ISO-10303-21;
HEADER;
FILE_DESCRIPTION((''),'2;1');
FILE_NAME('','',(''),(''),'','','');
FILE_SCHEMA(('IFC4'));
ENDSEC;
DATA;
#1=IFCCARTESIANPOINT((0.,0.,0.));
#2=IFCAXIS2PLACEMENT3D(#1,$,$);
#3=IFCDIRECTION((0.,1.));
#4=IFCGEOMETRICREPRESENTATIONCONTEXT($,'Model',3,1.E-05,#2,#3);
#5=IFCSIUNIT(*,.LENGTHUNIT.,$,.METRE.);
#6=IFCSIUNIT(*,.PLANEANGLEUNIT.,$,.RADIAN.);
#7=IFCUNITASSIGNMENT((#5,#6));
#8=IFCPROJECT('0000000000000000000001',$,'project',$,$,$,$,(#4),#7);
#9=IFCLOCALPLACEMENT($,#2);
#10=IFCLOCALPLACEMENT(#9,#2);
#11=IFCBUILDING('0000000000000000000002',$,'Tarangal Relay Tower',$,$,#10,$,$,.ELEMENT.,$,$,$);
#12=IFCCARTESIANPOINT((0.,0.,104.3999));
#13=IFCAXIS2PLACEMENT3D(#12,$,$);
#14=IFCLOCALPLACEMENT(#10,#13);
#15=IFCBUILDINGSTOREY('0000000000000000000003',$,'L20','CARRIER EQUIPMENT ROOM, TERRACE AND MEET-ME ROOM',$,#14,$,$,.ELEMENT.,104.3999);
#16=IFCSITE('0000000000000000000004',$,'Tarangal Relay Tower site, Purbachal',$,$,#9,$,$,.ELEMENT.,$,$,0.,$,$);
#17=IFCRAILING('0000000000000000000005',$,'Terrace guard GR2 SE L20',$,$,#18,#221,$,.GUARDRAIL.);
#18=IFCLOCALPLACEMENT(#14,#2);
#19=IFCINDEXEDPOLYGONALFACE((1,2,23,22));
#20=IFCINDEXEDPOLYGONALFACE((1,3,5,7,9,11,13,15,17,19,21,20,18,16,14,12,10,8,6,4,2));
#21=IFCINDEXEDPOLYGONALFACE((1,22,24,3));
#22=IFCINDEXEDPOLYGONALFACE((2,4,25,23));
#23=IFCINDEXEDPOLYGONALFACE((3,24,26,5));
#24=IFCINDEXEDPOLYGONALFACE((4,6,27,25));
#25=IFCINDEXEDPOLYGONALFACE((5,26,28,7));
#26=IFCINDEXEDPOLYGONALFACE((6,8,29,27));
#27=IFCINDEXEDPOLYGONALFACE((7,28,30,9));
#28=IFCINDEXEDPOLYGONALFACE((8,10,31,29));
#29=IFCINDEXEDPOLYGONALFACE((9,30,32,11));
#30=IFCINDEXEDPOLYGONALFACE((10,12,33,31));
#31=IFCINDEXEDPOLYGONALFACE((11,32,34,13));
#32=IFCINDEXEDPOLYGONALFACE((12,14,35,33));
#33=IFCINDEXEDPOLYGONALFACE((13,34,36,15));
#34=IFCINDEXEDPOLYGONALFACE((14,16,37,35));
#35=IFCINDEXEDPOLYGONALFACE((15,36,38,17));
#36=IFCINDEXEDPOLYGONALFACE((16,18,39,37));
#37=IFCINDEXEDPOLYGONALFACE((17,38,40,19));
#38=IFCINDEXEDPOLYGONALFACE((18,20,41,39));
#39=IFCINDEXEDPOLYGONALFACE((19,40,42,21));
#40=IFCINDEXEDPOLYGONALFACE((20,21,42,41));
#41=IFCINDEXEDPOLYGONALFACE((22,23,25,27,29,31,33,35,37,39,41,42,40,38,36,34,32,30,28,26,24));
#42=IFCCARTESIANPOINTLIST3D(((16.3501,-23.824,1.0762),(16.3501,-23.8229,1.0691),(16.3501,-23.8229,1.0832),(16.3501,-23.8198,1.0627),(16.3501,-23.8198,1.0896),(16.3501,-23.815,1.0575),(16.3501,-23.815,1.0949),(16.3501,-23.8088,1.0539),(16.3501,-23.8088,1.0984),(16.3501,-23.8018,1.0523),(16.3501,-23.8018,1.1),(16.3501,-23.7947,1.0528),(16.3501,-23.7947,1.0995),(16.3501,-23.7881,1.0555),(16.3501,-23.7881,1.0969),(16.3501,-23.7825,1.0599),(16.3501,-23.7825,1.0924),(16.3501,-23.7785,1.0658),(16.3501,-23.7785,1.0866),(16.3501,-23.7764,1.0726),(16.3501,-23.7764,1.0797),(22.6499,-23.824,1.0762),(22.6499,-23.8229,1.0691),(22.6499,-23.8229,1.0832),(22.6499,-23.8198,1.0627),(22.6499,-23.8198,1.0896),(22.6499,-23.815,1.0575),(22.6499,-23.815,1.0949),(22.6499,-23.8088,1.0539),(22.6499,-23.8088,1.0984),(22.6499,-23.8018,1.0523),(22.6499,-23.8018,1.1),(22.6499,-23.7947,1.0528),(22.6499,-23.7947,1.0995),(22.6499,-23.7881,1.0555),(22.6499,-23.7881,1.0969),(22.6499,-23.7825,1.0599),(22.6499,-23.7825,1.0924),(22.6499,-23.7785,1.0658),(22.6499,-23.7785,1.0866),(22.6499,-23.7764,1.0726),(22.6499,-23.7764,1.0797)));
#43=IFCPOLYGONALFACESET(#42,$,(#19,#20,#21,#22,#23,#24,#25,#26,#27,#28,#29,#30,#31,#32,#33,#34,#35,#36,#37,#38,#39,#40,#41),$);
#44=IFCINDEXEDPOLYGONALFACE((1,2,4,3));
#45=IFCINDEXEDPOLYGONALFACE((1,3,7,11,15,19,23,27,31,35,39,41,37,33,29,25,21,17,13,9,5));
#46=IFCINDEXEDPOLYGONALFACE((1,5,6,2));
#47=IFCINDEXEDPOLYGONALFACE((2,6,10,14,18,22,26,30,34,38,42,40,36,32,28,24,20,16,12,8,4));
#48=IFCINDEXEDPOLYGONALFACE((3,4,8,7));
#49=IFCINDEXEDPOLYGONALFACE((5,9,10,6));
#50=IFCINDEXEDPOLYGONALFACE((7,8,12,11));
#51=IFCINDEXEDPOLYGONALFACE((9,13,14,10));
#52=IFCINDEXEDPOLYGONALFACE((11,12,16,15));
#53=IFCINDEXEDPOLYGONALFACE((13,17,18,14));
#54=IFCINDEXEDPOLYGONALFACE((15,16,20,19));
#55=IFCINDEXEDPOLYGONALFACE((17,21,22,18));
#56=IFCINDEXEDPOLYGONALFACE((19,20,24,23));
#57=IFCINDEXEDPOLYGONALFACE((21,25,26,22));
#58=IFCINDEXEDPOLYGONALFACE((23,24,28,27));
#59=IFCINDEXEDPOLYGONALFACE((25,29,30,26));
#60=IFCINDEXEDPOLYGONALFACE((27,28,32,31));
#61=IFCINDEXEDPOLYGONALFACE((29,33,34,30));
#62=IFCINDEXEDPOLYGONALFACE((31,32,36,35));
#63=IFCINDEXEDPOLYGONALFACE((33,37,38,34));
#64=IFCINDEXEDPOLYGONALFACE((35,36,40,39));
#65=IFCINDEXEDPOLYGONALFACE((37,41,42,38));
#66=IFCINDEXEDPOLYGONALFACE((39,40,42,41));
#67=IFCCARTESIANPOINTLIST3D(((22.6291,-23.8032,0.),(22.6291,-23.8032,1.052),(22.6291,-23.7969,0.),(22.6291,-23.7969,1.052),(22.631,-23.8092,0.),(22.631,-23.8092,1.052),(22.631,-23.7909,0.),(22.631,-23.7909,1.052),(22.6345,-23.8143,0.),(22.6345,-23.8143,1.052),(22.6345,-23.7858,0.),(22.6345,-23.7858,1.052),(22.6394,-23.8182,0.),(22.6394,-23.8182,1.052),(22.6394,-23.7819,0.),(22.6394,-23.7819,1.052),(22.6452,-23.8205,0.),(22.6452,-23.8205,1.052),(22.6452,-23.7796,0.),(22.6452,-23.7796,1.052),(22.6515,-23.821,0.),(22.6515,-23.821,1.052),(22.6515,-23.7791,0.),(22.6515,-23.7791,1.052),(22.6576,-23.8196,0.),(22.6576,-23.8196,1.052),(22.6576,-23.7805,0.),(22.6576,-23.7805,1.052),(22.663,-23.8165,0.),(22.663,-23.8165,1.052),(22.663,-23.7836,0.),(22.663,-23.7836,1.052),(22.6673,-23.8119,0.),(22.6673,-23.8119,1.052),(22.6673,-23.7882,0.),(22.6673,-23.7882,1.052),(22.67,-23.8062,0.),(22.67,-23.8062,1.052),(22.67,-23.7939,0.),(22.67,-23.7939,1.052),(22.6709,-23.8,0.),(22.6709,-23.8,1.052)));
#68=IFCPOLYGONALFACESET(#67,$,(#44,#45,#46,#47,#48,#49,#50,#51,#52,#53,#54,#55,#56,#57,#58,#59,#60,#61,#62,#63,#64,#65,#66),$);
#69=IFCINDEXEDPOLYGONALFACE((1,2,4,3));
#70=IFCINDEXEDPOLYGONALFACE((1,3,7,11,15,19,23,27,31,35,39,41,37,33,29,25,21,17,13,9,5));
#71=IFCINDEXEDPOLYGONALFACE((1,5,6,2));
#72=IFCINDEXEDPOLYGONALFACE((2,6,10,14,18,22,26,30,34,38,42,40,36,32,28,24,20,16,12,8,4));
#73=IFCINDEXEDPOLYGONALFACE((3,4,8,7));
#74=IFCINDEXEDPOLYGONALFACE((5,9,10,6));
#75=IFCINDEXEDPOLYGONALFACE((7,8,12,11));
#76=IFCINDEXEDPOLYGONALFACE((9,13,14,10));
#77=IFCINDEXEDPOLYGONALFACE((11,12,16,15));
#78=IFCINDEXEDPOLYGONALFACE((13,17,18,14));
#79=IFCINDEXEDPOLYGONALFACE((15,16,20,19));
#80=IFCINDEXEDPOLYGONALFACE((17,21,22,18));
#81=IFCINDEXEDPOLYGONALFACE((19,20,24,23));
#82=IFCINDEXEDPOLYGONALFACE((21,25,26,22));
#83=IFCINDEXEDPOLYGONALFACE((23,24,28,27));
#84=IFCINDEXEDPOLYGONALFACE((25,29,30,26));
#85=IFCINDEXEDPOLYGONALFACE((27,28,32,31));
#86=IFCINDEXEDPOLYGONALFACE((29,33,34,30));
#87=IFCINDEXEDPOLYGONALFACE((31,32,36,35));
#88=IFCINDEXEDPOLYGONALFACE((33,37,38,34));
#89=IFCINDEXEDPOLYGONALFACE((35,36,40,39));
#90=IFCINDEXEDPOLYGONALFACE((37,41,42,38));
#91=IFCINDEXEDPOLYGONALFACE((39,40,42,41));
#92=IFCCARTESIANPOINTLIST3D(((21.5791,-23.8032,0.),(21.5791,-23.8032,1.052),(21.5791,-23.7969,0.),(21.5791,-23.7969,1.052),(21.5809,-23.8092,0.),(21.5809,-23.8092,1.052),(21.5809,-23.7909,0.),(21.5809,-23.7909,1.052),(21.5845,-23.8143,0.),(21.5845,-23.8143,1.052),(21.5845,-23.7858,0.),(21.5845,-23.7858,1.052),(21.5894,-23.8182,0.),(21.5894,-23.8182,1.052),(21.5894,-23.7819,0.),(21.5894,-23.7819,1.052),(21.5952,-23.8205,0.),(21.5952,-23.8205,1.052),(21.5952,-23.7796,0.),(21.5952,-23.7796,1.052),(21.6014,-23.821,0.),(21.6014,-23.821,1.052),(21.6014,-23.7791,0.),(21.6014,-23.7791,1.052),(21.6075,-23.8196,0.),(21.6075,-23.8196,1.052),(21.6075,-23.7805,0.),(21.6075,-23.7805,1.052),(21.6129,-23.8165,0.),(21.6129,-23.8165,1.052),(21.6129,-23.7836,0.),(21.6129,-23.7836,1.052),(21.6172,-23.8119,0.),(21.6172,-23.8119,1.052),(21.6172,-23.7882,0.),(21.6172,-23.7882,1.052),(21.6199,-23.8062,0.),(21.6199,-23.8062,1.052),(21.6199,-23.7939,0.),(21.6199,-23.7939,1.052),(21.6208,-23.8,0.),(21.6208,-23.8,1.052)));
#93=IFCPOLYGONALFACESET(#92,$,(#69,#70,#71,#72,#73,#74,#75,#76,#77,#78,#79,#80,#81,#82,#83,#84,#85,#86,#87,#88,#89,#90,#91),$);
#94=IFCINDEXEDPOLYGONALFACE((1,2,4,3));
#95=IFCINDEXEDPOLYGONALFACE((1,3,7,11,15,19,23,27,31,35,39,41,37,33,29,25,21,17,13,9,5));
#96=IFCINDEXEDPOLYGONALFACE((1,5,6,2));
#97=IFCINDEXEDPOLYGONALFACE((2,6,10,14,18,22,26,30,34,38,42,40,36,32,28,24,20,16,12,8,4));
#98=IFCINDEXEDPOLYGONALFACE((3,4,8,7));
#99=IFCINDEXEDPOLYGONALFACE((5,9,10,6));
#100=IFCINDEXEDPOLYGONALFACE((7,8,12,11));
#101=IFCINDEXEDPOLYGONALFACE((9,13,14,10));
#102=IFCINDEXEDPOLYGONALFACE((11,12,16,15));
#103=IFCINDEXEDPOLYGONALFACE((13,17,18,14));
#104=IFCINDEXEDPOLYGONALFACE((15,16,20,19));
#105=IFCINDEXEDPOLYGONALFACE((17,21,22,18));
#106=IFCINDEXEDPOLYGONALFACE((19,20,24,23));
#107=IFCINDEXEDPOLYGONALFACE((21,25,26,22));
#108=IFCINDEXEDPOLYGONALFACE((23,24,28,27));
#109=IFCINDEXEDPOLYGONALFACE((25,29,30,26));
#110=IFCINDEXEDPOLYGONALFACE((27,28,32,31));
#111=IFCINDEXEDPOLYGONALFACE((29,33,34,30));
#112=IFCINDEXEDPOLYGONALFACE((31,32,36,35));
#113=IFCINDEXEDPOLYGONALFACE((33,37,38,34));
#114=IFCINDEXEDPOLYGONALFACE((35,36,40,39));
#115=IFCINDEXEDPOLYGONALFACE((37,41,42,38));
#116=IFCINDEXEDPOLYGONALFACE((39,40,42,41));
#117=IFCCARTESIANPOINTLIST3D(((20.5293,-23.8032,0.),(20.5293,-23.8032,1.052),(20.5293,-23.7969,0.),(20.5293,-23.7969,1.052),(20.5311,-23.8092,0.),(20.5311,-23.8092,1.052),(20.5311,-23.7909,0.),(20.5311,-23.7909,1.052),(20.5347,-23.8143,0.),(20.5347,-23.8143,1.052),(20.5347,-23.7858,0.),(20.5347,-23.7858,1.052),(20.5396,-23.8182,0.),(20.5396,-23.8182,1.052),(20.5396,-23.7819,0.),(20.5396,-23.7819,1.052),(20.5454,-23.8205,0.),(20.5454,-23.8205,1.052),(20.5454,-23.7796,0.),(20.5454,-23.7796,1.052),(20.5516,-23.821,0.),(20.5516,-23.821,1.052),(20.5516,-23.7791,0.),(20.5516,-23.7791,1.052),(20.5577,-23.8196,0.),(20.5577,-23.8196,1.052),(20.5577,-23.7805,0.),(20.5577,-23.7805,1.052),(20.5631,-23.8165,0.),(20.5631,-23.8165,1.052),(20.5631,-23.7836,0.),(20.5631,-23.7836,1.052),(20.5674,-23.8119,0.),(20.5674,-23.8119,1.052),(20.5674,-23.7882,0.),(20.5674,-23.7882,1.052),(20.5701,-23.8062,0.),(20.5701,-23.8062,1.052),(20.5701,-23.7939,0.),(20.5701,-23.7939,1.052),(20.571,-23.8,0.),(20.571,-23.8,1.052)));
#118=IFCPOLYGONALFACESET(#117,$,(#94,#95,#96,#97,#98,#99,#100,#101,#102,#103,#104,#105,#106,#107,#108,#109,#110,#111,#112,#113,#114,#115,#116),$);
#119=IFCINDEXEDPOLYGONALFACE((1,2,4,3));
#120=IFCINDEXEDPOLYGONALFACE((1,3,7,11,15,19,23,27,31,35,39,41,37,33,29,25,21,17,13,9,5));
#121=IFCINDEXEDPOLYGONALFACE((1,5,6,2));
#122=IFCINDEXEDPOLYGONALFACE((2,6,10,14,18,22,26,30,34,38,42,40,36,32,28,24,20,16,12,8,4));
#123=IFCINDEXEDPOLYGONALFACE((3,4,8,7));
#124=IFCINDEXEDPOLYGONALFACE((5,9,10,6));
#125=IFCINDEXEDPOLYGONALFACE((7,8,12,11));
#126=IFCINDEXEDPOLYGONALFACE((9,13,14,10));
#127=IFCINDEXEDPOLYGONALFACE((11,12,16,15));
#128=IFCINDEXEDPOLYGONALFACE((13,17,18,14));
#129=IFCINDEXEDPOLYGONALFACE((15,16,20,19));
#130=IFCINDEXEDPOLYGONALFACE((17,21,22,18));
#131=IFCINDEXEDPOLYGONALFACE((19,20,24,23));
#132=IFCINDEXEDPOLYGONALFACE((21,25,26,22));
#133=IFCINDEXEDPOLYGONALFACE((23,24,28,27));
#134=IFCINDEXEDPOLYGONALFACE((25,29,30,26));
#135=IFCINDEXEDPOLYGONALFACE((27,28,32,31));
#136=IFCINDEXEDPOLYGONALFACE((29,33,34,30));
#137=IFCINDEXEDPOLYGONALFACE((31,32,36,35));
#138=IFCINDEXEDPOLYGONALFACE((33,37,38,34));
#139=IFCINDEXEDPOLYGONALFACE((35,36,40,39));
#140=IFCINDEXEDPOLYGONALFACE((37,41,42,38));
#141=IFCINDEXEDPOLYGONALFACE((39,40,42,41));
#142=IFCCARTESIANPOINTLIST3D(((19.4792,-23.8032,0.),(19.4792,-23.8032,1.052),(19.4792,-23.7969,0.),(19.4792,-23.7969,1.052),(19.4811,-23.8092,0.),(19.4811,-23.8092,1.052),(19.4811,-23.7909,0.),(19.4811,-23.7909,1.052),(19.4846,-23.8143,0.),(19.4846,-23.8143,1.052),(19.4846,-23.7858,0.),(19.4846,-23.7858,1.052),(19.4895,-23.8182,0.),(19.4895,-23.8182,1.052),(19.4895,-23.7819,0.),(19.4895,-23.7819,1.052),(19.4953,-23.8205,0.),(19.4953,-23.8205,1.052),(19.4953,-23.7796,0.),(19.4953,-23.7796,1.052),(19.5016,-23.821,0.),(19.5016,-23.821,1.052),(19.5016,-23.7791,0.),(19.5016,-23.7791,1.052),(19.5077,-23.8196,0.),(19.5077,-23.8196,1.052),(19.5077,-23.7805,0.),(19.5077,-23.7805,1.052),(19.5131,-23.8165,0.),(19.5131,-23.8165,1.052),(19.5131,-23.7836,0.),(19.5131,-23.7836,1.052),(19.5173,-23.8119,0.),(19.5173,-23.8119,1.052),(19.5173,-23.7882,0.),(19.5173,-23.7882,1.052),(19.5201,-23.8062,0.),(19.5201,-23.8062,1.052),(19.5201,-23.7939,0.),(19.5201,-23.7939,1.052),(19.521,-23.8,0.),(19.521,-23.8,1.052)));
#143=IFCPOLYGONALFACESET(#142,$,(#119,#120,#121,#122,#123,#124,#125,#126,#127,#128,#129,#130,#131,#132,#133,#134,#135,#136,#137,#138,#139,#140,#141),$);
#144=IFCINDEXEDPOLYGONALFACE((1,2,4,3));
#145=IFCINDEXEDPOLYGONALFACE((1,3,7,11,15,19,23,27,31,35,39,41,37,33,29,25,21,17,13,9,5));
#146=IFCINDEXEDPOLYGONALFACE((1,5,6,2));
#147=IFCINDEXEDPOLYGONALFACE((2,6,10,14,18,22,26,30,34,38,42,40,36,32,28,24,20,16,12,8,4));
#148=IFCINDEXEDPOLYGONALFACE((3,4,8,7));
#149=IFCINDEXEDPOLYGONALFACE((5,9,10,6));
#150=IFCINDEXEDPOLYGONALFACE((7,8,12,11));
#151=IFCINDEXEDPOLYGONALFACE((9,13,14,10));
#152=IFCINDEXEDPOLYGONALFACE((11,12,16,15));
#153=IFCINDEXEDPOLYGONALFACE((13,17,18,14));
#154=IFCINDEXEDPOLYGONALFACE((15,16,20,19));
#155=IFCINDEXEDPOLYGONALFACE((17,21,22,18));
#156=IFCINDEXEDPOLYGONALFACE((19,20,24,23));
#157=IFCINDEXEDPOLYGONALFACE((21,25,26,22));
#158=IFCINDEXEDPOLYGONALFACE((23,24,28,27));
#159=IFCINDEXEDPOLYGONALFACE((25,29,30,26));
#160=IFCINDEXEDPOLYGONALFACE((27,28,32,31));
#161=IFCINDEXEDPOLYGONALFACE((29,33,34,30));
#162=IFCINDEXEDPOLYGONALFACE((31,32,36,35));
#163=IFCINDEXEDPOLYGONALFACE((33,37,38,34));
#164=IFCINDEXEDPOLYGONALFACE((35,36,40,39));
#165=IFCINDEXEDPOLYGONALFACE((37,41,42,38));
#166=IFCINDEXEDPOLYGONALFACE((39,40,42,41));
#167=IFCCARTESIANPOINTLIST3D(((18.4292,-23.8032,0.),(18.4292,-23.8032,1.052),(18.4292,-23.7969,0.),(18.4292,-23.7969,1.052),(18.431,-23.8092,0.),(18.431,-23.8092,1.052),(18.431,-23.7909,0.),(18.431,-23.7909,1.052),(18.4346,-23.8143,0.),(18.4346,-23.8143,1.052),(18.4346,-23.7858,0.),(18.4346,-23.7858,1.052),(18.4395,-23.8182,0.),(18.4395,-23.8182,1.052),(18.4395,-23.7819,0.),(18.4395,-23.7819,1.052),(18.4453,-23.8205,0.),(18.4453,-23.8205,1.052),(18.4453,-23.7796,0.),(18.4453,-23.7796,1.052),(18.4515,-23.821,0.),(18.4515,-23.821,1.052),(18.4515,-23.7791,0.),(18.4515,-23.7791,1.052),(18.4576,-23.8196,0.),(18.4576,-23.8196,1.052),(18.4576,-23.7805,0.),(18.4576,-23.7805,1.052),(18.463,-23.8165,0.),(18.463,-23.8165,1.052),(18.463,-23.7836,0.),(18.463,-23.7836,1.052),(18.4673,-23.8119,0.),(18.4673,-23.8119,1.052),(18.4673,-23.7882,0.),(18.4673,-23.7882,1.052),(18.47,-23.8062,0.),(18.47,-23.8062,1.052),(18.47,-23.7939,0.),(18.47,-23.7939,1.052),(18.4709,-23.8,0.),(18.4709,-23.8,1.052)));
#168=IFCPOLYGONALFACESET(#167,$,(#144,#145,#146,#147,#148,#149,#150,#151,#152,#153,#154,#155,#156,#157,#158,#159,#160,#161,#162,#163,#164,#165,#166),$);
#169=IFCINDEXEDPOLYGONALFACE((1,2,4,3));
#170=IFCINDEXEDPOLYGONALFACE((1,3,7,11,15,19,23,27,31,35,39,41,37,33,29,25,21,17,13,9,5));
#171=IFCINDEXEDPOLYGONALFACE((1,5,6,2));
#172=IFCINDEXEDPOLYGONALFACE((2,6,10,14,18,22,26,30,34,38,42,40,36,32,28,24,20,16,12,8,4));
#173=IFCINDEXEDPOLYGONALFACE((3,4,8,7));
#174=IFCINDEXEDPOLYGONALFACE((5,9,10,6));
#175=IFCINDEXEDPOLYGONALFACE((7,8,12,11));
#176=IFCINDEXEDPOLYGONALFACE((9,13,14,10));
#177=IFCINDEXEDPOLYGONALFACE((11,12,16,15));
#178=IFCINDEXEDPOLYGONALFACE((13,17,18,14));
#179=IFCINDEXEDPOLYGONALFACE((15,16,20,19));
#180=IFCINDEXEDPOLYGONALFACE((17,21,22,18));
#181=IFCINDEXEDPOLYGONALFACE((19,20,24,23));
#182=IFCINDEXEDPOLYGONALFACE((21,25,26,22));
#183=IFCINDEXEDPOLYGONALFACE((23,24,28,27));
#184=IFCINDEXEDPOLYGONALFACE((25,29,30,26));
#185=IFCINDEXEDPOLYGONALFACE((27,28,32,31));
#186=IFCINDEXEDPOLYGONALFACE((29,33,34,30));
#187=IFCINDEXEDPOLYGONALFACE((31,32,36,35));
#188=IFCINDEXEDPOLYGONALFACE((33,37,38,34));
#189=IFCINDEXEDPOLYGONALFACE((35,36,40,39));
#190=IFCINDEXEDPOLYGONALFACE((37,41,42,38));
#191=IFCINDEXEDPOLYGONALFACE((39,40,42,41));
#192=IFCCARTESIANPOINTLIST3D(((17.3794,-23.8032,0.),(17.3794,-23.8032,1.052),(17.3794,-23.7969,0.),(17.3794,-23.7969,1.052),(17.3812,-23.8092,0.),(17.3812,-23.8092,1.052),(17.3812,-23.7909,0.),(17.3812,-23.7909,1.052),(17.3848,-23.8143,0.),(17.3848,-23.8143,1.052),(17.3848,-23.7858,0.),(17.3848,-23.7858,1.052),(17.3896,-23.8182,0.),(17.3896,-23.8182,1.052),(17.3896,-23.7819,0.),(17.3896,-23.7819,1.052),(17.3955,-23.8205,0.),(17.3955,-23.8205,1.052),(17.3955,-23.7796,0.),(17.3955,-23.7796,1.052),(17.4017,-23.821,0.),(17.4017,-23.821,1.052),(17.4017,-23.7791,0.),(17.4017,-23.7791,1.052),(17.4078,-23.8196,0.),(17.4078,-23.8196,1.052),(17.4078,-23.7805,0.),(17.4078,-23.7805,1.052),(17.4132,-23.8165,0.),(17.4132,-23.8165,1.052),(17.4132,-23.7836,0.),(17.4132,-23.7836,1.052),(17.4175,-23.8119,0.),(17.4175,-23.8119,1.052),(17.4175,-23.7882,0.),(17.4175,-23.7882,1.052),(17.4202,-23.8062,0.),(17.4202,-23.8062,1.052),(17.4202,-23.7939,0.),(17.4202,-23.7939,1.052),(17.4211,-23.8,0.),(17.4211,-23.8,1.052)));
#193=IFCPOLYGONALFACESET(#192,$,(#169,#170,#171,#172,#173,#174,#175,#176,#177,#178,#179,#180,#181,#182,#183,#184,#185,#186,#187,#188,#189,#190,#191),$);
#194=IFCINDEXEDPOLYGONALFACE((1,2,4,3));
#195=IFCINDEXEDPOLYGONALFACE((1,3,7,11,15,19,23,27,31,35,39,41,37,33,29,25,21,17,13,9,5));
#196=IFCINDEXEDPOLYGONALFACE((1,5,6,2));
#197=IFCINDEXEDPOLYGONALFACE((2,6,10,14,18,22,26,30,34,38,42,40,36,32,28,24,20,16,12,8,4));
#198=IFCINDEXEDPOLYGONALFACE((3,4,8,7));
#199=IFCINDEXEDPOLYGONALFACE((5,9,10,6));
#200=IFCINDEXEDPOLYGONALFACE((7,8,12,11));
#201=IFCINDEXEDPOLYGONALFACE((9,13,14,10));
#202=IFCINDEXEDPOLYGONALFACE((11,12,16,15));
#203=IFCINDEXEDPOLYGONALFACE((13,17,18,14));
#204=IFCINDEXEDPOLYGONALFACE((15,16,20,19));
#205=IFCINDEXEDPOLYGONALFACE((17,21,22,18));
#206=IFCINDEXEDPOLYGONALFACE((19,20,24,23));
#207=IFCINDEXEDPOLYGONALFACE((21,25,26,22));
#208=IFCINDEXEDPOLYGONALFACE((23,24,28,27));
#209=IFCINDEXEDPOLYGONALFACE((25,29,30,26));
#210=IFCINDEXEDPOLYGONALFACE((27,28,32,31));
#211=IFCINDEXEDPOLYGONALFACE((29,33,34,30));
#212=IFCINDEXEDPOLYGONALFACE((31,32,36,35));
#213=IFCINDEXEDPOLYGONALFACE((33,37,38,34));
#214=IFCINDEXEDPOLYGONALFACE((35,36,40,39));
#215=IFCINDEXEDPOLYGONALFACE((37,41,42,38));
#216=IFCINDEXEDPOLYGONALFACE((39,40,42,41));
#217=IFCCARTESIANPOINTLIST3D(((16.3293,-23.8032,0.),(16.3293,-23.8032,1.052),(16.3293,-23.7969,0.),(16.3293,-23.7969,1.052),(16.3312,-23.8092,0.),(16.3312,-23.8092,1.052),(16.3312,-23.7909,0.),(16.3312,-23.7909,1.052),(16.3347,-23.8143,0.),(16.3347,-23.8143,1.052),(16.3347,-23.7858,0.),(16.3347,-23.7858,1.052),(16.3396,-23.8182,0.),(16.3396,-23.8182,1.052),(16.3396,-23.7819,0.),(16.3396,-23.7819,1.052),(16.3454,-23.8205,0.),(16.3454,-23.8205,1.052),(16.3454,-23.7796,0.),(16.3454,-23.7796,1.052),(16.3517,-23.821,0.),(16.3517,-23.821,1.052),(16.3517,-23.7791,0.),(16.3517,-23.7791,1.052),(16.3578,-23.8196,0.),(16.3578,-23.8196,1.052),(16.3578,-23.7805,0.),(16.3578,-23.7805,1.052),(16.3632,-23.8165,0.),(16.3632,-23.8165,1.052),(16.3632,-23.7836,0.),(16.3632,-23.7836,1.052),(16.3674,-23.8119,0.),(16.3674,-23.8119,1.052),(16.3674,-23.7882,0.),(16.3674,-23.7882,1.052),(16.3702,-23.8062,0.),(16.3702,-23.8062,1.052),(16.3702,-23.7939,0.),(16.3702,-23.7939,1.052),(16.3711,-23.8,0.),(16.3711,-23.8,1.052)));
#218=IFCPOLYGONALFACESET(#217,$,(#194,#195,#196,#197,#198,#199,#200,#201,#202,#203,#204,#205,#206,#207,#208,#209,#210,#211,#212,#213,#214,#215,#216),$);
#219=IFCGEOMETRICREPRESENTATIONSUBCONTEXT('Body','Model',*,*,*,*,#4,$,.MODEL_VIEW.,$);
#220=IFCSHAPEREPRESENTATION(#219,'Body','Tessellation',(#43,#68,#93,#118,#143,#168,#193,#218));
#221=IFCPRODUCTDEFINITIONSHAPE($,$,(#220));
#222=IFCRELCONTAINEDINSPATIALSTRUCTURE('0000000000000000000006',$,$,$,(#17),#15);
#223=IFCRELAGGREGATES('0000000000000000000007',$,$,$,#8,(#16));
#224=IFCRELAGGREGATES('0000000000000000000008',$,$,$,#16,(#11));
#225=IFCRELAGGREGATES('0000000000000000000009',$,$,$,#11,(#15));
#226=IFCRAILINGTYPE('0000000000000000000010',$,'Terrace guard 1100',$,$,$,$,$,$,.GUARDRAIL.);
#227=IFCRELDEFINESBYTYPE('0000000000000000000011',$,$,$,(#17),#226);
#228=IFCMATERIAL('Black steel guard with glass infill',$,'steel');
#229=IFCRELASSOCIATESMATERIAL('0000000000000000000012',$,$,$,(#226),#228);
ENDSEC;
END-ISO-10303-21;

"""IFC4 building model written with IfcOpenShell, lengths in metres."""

from ifc_helpers import new_model, si_unit, direction, frame, origin, origin_2d, place, context, subcontext, project, spatial, circle, extrude, material, type_object, element, save


model = new_model("IFC4")

# Units and contexts
model_context = context("Model", 3, precision=1e-05, world=origin(), true_north=direction((0.0, 1.0)))
body_context = subcontext(model_context, "Body", "Model", "MODEL_VIEW")
ifc_project = project(units=[si_unit("LENGTHUNIT", "METRE"), si_unit("PLANEANGLEUNIT", "RADIAN")], contexts=[model_context])

# Site, building, storey
site_placement = place(None, origin())
site = spatial("IfcSite", under=ifc_project, at=site_placement, Name="Tarangal Relay Tower site, Purbachal", CompositionType="ELEMENT", RefElevation=0.0)
building_placement = place(site_placement, origin())
building = spatial("IfcBuilding", under=site, at=building_placement, Name="Tarangal Relay Tower", CompositionType="ELEMENT")
storey_placement = place(building_placement, frame((0.0, 0.0, 104.3999)))
storey = spatial("IfcBuildingStorey", under=building, at=storey_placement, Name="L20", Description="CARRIER EQUIPMENT ROOM, TERRACE AND MEET-ME ROOM", CompositionType="ELEMENT", Elevation=104.3999)

# Railing
ifc_material_1 = material(Name="Black steel guard with glass infill", Category="steel")
railing_type = type_object("IfcRailingType", Name="Terrace guard 1100", PredefinedType="GUARDRAIL", material=ifc_material_1)
railing_1_placement = place(storey_placement, frame((22.6499, -23.8, 0.0)))
element("IfcRailing", 1, at=railing_1_placement, inside=storey, type_object=railing_type, Name="Terrace guard GR2 SE L20", PredefinedType="GUARDRAIL", context=body_context, shape_type="SweptSolid", body=[
    extrude(circle(Radius=0.0239, at=origin_2d()), frame((0.0, 0.0, 1.0762), z_axis=(-1.0, 0.0, 0.0), x_axis=(0.0, -1.0, 0.0)), (0.0, 0.0, 1.0), 6.2998),
    extrude(circle(Radius=0.021, at=origin_2d()), origin(), (0.0, 0.0, 1.0), 1.052),
    extrude(circle(Radius=0.021, at=origin_2d()), frame((-1.05, 0.0, 0.0)), (0.0, 0.0, 1.0), 1.052),
    extrude(circle(Radius=0.021, at=origin_2d()), frame((-2.0999, 0.0, 0.0)), (0.0, 0.0, 1.0), 1.052),
    extrude(circle(Radius=0.021, at=origin_2d()), frame((-3.1499, 0.0, 0.0)), (0.0, 0.0, 1.0), 1.052),
    extrude(circle(Radius=0.021, at=origin_2d()), frame((-4.2, 0.0, 0.0)), (0.0, 0.0, 1.0), 1.052),
    extrude(circle(Radius=0.021, at=origin_2d()), frame((-5.2498, 0.0, 0.0)), (0.0, 0.0, 1.0), 1.052),
    extrude(circle(Radius=0.021, at=origin_2d()), frame((-6.2998, 0.0, 0.0)), (0.0, 0.0, 1.0), 1.052),
])

save(model, "model.ifc")
